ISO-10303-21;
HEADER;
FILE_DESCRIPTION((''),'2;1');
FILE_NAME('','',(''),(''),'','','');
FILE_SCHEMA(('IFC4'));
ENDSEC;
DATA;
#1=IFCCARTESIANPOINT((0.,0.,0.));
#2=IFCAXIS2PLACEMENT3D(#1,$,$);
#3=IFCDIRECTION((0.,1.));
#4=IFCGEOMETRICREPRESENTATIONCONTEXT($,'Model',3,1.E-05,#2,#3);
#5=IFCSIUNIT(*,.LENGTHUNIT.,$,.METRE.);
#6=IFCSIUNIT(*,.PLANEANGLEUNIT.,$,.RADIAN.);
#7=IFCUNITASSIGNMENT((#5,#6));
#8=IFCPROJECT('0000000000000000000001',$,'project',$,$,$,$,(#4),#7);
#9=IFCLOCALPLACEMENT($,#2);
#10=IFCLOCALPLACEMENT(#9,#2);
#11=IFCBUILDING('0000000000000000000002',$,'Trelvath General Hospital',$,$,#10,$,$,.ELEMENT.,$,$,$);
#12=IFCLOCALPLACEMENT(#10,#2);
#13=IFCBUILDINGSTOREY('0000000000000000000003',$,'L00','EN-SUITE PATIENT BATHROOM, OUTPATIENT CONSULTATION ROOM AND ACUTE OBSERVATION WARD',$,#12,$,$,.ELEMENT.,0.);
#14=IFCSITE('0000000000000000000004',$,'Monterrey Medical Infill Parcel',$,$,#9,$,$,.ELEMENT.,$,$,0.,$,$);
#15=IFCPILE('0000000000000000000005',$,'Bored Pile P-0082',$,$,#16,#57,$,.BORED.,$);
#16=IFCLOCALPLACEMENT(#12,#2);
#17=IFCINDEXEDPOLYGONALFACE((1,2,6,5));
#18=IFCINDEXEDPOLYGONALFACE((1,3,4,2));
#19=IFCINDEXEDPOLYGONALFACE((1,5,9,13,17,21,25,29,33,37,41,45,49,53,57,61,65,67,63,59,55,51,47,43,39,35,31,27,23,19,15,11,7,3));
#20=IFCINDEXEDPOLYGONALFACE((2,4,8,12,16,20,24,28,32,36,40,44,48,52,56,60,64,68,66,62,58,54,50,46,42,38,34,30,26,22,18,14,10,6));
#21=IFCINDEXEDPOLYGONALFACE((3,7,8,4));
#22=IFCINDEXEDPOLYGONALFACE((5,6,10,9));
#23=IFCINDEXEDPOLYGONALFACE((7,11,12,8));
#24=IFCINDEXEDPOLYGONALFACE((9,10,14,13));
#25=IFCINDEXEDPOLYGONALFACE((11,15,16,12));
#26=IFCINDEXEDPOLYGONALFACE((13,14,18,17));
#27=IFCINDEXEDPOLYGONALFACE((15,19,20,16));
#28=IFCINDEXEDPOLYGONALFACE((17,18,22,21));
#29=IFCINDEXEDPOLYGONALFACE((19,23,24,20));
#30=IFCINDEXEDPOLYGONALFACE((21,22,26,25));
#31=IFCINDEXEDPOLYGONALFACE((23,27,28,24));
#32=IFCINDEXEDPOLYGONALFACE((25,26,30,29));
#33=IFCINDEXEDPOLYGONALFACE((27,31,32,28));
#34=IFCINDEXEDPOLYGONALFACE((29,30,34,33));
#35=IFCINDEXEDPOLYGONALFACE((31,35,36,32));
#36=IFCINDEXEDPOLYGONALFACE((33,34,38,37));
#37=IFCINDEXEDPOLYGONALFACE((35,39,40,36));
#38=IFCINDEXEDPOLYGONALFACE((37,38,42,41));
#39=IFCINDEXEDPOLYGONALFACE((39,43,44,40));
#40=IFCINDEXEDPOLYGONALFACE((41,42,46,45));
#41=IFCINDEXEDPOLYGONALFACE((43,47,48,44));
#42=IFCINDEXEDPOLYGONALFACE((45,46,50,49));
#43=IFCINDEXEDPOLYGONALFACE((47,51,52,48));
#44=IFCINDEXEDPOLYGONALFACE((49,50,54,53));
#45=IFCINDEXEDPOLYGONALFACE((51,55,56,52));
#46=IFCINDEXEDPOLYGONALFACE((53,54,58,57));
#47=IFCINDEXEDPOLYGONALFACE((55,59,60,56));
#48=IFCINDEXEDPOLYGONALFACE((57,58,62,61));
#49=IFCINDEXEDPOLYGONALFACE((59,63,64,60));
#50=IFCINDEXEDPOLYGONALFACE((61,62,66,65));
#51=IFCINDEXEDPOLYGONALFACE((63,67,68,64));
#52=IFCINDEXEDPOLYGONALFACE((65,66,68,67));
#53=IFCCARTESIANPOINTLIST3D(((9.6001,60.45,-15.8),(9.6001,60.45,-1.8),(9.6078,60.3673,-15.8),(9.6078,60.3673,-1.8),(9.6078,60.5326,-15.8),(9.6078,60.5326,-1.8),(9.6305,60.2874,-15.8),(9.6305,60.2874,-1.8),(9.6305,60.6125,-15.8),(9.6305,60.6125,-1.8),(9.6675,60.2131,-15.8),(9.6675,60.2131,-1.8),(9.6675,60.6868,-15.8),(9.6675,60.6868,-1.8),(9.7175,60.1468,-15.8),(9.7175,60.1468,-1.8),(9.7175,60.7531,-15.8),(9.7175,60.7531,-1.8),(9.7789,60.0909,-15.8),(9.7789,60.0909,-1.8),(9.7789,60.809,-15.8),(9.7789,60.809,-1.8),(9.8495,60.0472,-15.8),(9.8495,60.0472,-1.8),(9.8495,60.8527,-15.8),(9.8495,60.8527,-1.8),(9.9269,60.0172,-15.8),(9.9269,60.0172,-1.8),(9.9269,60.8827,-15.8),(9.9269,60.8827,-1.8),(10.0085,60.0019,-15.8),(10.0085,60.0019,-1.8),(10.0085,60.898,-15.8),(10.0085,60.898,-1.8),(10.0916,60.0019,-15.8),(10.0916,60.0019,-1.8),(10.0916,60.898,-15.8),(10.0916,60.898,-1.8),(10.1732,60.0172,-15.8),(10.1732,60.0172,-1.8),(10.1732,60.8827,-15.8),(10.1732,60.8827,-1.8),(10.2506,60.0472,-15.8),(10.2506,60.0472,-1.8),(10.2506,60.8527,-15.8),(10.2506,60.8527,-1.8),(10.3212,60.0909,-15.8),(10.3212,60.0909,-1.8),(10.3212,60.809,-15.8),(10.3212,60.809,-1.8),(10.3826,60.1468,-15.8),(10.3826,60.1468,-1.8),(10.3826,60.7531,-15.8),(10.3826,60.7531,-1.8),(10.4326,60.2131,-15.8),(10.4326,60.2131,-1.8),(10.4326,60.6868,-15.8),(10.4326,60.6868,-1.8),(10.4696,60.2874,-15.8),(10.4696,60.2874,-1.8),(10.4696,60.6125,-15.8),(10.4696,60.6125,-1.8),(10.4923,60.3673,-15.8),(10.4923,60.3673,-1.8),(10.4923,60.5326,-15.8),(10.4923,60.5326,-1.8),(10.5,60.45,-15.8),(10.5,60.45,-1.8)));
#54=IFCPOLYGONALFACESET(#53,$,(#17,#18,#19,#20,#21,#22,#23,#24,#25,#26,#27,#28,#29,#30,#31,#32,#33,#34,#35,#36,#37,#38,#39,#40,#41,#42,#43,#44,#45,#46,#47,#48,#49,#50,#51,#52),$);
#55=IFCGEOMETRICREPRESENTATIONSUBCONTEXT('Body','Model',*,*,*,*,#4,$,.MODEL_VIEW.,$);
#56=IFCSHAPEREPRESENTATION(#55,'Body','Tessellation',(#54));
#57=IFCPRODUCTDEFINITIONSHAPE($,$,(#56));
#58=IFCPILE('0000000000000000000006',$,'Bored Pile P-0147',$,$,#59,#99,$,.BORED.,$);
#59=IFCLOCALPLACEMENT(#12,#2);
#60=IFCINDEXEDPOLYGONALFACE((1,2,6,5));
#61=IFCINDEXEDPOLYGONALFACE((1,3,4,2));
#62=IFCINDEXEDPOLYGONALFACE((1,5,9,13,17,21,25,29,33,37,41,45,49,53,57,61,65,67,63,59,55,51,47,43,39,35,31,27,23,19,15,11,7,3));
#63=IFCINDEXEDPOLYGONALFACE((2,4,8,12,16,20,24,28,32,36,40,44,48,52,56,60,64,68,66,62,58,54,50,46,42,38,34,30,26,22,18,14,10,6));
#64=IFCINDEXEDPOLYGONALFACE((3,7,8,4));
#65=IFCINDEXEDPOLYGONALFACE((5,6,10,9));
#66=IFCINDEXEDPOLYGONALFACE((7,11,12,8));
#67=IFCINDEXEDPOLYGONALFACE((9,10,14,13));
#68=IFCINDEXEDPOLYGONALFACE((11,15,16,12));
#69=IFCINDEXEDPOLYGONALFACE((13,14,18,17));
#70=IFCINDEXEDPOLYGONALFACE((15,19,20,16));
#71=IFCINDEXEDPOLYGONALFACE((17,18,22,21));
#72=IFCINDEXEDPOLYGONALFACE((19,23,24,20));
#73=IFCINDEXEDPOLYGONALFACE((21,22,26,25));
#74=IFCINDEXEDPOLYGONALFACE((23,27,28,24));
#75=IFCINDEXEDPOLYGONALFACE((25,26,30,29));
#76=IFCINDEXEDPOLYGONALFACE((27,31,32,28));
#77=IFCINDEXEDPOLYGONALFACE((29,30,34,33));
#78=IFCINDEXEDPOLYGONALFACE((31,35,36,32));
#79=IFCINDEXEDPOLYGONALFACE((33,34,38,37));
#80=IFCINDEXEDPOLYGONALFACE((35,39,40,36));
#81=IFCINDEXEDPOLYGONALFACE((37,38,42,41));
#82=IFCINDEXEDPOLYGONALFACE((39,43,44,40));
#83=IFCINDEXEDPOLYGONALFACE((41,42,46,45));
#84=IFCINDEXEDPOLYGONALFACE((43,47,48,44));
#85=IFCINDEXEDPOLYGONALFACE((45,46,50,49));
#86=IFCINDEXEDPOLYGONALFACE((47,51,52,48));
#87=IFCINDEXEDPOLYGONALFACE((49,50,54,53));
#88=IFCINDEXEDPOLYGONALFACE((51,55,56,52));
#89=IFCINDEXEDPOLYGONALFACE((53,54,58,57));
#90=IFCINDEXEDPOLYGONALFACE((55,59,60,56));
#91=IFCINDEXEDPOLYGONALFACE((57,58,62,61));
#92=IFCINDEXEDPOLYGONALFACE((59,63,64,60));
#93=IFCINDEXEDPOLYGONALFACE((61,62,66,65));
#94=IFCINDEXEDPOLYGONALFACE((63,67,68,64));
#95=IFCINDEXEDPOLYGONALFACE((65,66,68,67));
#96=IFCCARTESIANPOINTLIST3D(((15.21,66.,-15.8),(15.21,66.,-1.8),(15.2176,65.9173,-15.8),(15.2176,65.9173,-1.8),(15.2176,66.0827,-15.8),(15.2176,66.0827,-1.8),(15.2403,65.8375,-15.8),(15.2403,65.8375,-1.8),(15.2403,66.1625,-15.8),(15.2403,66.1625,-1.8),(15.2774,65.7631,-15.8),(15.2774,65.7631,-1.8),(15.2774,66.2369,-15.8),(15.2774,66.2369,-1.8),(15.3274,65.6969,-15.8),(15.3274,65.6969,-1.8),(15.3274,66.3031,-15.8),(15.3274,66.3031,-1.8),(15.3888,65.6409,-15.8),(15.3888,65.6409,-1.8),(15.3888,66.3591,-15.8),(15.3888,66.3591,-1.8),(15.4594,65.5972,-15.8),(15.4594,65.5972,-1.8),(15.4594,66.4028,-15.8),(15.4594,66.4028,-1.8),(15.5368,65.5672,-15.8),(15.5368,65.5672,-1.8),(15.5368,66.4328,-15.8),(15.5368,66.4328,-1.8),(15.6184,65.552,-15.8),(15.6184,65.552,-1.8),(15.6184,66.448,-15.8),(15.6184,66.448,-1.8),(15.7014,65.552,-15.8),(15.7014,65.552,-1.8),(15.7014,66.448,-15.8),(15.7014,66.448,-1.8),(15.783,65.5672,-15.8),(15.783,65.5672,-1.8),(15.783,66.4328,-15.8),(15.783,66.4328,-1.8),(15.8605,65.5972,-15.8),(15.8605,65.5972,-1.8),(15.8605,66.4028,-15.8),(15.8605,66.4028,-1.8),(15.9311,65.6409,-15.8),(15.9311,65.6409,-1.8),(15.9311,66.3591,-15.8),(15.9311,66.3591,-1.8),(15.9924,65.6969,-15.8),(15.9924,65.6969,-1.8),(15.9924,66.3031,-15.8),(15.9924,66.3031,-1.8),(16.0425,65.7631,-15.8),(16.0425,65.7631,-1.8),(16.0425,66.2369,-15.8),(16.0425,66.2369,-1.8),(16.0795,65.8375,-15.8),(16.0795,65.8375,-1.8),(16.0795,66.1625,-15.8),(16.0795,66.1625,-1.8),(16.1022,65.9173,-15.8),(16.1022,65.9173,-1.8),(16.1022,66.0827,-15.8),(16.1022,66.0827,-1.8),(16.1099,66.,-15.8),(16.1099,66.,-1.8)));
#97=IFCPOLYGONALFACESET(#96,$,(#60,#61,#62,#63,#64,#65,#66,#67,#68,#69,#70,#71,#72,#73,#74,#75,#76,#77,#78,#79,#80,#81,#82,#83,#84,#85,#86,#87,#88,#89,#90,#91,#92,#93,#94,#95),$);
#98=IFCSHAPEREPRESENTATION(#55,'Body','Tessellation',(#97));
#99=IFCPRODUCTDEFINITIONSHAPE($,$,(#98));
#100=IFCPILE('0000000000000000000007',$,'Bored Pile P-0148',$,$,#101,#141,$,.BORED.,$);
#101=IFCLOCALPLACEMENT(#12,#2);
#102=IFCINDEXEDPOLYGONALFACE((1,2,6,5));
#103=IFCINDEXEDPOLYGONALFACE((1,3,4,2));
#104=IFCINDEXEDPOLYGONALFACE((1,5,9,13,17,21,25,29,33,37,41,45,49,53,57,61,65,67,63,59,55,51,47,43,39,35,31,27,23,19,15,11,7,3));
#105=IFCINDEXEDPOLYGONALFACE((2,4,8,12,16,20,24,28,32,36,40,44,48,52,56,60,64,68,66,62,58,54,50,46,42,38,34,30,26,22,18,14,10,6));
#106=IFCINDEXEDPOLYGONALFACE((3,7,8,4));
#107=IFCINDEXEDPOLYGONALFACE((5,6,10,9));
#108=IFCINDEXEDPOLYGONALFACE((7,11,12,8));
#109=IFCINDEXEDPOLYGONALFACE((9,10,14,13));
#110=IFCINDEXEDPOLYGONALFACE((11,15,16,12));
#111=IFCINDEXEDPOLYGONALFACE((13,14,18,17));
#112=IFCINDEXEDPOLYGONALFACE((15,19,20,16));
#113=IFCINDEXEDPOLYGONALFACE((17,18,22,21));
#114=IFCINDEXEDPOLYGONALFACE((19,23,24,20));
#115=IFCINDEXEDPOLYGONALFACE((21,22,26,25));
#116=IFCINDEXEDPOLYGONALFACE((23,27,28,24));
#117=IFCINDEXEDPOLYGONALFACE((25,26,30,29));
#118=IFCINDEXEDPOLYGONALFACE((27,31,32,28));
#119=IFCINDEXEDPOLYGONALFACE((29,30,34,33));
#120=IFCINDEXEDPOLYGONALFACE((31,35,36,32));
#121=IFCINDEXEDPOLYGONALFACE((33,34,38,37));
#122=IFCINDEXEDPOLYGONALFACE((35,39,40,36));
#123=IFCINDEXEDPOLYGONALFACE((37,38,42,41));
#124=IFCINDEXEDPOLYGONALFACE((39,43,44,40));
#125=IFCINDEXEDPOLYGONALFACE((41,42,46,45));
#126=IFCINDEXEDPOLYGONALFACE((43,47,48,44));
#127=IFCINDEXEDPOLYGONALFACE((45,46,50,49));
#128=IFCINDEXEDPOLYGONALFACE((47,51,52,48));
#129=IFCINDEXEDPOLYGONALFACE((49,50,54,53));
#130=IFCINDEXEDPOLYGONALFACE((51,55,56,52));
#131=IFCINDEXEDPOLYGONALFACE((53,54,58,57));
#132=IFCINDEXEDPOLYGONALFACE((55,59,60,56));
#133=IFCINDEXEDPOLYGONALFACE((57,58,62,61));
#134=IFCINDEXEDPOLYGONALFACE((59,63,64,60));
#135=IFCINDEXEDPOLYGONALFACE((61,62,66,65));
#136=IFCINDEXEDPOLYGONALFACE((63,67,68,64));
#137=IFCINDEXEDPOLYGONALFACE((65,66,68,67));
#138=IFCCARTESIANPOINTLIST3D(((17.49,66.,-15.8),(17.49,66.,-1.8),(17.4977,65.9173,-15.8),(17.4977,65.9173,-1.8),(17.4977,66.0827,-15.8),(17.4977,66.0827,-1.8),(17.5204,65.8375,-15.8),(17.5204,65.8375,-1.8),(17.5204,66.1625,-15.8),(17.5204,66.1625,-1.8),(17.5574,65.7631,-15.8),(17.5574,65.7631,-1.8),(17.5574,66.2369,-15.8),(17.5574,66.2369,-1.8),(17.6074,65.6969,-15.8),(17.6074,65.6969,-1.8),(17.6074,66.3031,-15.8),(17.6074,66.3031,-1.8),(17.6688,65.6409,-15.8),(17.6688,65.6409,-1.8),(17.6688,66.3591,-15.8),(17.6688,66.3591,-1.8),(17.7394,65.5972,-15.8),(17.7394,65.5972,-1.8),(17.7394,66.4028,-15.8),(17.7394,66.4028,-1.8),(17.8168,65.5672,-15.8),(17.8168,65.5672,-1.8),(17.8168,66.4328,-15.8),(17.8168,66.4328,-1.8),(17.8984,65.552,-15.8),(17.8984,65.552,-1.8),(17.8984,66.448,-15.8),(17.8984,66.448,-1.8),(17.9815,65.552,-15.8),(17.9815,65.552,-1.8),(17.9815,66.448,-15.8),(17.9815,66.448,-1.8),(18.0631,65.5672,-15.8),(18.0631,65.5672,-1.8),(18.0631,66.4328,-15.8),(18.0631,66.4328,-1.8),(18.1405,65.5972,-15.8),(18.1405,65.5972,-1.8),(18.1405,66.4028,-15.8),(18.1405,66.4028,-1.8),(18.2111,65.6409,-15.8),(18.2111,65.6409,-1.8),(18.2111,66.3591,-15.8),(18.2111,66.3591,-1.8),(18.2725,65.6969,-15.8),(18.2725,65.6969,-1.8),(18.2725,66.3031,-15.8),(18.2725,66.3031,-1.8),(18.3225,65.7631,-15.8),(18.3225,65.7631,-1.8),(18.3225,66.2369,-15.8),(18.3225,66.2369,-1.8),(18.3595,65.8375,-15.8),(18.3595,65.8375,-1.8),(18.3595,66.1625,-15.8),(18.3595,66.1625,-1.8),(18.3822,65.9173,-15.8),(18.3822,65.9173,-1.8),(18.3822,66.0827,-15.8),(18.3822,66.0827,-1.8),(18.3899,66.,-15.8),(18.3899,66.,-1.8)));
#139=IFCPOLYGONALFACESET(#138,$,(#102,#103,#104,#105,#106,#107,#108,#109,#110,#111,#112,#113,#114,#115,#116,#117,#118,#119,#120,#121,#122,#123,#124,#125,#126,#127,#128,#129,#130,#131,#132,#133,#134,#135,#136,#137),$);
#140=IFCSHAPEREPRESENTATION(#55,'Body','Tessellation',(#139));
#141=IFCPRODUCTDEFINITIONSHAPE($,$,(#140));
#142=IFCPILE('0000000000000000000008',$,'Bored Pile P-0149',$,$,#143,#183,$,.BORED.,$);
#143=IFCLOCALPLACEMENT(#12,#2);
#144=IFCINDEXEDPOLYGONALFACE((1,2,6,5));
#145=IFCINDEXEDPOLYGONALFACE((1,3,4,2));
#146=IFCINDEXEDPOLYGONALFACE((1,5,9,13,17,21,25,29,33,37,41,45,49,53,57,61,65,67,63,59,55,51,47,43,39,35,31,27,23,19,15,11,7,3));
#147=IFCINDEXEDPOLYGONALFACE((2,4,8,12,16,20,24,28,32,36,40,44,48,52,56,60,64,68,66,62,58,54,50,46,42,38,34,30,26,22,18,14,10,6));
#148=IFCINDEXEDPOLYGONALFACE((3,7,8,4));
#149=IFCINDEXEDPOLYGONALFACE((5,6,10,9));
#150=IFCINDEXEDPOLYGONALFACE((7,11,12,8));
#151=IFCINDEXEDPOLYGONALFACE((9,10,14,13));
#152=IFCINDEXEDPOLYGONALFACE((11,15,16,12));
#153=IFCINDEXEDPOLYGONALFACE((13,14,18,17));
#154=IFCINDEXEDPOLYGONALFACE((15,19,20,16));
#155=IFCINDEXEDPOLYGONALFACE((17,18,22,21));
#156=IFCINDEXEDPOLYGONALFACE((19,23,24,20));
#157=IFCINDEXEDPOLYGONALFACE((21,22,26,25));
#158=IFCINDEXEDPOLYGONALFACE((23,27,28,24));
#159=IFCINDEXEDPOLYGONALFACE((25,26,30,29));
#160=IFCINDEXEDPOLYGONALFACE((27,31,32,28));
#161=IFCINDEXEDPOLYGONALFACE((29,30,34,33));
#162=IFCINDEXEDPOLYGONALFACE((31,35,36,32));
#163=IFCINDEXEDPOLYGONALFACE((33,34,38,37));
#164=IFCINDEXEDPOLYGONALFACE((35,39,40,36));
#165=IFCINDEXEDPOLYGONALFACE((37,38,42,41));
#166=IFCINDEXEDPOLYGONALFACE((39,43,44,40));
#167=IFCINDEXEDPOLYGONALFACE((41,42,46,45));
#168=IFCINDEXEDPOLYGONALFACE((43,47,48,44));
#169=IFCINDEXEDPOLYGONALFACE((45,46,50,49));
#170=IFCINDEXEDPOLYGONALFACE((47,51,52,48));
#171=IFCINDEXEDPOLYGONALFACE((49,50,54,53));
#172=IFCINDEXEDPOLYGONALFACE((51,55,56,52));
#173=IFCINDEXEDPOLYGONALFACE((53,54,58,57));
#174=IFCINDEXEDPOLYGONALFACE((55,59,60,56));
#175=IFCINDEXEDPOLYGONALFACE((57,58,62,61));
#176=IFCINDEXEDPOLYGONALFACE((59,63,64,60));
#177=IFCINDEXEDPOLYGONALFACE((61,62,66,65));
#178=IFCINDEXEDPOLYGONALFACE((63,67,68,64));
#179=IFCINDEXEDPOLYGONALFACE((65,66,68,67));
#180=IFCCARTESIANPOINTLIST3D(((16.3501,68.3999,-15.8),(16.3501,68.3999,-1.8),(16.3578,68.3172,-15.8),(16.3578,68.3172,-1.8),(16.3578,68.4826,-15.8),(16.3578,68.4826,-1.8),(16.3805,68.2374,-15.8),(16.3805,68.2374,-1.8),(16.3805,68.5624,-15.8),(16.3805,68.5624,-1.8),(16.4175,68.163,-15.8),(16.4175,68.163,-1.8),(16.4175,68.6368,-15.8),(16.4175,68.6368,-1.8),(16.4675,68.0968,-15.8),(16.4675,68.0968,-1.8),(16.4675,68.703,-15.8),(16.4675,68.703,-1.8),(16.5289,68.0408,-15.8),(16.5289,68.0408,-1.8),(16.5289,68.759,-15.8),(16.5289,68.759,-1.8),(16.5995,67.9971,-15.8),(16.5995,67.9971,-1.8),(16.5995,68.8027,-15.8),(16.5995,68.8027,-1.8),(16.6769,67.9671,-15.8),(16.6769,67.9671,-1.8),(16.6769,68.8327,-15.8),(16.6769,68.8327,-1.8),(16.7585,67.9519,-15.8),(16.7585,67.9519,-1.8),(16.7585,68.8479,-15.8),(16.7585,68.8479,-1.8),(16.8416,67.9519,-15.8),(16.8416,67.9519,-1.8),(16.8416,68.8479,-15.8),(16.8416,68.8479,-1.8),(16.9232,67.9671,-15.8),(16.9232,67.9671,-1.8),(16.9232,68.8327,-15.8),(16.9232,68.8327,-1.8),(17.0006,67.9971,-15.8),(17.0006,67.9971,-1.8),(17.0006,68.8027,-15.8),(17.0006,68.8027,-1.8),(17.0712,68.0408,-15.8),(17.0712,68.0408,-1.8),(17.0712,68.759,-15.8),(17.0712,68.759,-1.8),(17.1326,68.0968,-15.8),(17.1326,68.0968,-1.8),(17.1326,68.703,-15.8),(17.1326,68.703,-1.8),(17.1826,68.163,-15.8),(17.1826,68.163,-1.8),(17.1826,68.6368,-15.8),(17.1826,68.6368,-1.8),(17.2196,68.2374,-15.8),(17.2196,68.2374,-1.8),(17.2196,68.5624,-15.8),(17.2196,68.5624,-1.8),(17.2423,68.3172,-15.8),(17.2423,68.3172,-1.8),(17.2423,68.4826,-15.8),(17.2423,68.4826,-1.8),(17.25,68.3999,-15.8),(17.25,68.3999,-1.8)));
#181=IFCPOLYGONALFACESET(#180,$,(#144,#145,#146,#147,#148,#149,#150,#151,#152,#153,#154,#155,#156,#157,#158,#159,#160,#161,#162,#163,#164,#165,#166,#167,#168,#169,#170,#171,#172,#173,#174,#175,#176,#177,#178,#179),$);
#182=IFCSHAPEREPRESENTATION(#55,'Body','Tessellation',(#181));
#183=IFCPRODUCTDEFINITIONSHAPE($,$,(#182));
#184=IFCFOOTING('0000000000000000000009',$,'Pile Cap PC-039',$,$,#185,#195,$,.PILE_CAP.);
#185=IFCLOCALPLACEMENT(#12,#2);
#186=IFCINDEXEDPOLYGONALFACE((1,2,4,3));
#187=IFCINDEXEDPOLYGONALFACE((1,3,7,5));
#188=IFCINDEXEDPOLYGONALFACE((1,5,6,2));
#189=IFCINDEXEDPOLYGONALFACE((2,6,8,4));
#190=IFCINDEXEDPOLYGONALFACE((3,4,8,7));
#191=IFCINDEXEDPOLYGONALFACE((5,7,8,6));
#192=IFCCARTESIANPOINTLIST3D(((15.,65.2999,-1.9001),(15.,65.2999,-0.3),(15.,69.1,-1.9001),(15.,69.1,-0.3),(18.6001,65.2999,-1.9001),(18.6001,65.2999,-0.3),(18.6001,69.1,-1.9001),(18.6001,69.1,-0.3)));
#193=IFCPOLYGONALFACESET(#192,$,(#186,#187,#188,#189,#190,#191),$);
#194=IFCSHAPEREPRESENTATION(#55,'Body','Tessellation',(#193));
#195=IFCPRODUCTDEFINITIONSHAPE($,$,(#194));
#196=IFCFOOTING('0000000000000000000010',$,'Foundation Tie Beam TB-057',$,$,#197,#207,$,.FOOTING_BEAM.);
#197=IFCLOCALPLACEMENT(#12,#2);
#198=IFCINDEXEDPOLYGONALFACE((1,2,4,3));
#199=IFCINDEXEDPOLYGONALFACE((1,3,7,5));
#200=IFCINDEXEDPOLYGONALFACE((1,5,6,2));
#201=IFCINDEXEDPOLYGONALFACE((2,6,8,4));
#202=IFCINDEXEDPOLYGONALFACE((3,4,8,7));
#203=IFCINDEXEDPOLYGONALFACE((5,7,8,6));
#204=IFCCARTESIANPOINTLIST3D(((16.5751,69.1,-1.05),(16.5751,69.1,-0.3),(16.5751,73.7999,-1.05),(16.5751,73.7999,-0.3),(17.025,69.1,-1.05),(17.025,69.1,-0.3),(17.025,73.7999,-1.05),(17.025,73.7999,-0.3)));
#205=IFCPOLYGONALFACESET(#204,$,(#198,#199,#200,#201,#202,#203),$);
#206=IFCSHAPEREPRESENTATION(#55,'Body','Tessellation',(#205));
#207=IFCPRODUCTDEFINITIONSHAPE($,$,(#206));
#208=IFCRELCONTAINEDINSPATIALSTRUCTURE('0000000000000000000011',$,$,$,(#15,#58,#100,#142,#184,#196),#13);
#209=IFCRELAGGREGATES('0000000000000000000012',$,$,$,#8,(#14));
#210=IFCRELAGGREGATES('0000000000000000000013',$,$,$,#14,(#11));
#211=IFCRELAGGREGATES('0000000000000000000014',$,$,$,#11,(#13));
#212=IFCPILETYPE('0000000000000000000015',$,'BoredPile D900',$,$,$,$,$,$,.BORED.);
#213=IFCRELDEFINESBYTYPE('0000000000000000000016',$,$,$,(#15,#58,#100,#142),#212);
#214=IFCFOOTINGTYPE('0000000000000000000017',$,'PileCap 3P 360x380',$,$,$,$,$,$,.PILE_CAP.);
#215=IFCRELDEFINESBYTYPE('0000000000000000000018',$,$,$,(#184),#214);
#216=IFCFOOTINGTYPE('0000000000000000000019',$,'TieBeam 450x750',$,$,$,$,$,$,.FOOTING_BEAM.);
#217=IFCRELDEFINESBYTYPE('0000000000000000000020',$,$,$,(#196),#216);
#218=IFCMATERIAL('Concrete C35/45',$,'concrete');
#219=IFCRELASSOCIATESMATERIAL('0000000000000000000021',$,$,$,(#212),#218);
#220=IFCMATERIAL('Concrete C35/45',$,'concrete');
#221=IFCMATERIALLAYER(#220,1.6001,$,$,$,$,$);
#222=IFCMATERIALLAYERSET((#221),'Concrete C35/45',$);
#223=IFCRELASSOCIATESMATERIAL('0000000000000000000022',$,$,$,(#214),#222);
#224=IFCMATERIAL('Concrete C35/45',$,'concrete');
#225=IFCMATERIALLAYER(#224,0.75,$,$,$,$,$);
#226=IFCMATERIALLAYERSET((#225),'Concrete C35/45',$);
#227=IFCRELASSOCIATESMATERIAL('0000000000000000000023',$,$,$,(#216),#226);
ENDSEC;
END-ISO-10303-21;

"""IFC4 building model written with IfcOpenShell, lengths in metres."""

from ifc_helpers import new_model, si_unit, direction, frame, origin, origin_2d, place, context, subcontext, project, spatial, rectangle, circle, extrude, material, layer, layer_set, material_profile, profile_set, type_object, element, save


model = new_model("IFC4")

# Units and contexts
model_context = context("Model", 3, precision=1e-05, world=origin(), true_north=direction((0.0, 1.0)))
body_context = subcontext(model_context, "Body", "Model", "MODEL_VIEW")
ifc_project = project(units=[si_unit("LENGTHUNIT", "METRE"), si_unit("PLANEANGLEUNIT", "RADIAN")], contexts=[model_context])

# Site, building, storey
site_placement = place(None, origin())
site = spatial("IfcSite", under=ifc_project, at=site_placement, Name="Monterrey Medical Infill Parcel", CompositionType="ELEMENT", RefElevation=0.0)
building_placement = place(site_placement, origin())
building = spatial("IfcBuilding", under=site, at=building_placement, Name="Trelvath General Hospital", CompositionType="ELEMENT")
storey_placement = place(building_placement, origin())
storey = spatial("IfcBuildingStorey", under=building, at=storey_placement, Name="L00", Description="EN-SUITE PATIENT BATHROOM, OUTPATIENT CONSULTATION ROOM AND ACUTE OBSERVATION WARD", CompositionType="ELEMENT", Elevation=0.0)

# Piles
ifc_material_1 = material(Name="Concrete C35/45", Category="concrete")
ifc_material_profile_1 = material_profile(ifc_material_1, circle(Radius=0.45, at=origin_2d()), Name="PILE900")
ifc_profile_set_1 = profile_set([ifc_material_profile_1], Name="Concrete C35/45")
pile_type_1 = type_object("IfcPileType", Name="BoredPile D900", PredefinedType="BORED", material=ifc_profile_set_1)
for number, where, z_axis, x_axis, name in (
    (1, (10.05, 60.45, -1.8), (0.0, 0.0, -1.0), (1.0, 0.0, 0.0), "Bored Pile P-0082"),
    (2, (15.6599, 66.0, -1.8), (0.0, 0.0, -1.0), (1.0, 0.0, 0.0), "Bored Pile P-0147"),
    (3, (17.9399, 66.0, -1.8), (0.0, 0.0, -1.0), (1.0, 0.0, 0.0), "Bored Pile P-0148"),
    (4, (16.8, 68.3999, -1.8), (0.0, 0.0, -1.0), (1.0, 0.0, 0.0), "Bored Pile P-0149"),
):
    element("IfcPile", number, at=place(storey_placement, frame(where, z_axis=z_axis, x_axis=x_axis)), inside=storey, type_object=pile_type_1, Name=name, PredefinedType="BORED", context=body_context, shape_type="SweptSolid", body=[
        extrude(circle(Radius=0.45, at=origin_2d()), origin(), (0.0, 0.0, 1.0), 14.0),
    ])

# Footings
ifc_material_2 = material(Name="Concrete C35/45", Category="concrete")
ifc_layer_1 = layer(ifc_material_2, 1.6001)
ifc_layer_set_1 = layer_set([ifc_layer_1], Name="Concrete C35/45")
footing_type_1 = type_object("IfcFootingType", Name="PileCap 3P 360x380", PredefinedType="PILE_CAP", material=ifc_layer_set_1)
footing_1_placement = place(storey_placement, frame((16.8, 67.2, -1.9001), z_axis=(0.0, 0.0, 1.0), x_axis=(1.0, 0.0, 0.0)))
element("IfcFooting", 5, at=footing_1_placement, inside=storey, type_object=footing_type_1, Name="Pile Cap PC-039", PredefinedType="PILE_CAP", context=body_context, shape_type="SweptSolid", body=[
    extrude(rectangle(XDim=3.6001, YDim=3.8, at=origin_2d()), origin(), (0.0, 0.0, 1.0), 1.6001),
])
ifc_material_3 = material(Name="Concrete C35/45", Category="concrete")
ifc_layer_2 = layer(ifc_material_3, 0.75)
ifc_layer_set_2 = layer_set([ifc_layer_2], Name="Concrete C35/45")
footing_type_2 = type_object("IfcFootingType", Name="TieBeam 450x750", PredefinedType="FOOTING_BEAM", material=ifc_layer_set_2)
footing_2_placement = place(storey_placement, frame((16.8, 71.45, -1.05), z_axis=(0.0, 0.0, 1.0), x_axis=(1.0, 0.0, 0.0)))
element("IfcFooting", 6, at=footing_2_placement, inside=storey, type_object=footing_type_2, Name="Foundation Tie Beam TB-057", PredefinedType="FOOTING_BEAM", context=body_context, shape_type="SweptSolid", body=[
    extrude(rectangle(XDim=0.45, YDim=4.7, at=origin_2d()), origin(), (0.0, 0.0, 1.0), 0.75),
])

save(model, "model.ifc")
